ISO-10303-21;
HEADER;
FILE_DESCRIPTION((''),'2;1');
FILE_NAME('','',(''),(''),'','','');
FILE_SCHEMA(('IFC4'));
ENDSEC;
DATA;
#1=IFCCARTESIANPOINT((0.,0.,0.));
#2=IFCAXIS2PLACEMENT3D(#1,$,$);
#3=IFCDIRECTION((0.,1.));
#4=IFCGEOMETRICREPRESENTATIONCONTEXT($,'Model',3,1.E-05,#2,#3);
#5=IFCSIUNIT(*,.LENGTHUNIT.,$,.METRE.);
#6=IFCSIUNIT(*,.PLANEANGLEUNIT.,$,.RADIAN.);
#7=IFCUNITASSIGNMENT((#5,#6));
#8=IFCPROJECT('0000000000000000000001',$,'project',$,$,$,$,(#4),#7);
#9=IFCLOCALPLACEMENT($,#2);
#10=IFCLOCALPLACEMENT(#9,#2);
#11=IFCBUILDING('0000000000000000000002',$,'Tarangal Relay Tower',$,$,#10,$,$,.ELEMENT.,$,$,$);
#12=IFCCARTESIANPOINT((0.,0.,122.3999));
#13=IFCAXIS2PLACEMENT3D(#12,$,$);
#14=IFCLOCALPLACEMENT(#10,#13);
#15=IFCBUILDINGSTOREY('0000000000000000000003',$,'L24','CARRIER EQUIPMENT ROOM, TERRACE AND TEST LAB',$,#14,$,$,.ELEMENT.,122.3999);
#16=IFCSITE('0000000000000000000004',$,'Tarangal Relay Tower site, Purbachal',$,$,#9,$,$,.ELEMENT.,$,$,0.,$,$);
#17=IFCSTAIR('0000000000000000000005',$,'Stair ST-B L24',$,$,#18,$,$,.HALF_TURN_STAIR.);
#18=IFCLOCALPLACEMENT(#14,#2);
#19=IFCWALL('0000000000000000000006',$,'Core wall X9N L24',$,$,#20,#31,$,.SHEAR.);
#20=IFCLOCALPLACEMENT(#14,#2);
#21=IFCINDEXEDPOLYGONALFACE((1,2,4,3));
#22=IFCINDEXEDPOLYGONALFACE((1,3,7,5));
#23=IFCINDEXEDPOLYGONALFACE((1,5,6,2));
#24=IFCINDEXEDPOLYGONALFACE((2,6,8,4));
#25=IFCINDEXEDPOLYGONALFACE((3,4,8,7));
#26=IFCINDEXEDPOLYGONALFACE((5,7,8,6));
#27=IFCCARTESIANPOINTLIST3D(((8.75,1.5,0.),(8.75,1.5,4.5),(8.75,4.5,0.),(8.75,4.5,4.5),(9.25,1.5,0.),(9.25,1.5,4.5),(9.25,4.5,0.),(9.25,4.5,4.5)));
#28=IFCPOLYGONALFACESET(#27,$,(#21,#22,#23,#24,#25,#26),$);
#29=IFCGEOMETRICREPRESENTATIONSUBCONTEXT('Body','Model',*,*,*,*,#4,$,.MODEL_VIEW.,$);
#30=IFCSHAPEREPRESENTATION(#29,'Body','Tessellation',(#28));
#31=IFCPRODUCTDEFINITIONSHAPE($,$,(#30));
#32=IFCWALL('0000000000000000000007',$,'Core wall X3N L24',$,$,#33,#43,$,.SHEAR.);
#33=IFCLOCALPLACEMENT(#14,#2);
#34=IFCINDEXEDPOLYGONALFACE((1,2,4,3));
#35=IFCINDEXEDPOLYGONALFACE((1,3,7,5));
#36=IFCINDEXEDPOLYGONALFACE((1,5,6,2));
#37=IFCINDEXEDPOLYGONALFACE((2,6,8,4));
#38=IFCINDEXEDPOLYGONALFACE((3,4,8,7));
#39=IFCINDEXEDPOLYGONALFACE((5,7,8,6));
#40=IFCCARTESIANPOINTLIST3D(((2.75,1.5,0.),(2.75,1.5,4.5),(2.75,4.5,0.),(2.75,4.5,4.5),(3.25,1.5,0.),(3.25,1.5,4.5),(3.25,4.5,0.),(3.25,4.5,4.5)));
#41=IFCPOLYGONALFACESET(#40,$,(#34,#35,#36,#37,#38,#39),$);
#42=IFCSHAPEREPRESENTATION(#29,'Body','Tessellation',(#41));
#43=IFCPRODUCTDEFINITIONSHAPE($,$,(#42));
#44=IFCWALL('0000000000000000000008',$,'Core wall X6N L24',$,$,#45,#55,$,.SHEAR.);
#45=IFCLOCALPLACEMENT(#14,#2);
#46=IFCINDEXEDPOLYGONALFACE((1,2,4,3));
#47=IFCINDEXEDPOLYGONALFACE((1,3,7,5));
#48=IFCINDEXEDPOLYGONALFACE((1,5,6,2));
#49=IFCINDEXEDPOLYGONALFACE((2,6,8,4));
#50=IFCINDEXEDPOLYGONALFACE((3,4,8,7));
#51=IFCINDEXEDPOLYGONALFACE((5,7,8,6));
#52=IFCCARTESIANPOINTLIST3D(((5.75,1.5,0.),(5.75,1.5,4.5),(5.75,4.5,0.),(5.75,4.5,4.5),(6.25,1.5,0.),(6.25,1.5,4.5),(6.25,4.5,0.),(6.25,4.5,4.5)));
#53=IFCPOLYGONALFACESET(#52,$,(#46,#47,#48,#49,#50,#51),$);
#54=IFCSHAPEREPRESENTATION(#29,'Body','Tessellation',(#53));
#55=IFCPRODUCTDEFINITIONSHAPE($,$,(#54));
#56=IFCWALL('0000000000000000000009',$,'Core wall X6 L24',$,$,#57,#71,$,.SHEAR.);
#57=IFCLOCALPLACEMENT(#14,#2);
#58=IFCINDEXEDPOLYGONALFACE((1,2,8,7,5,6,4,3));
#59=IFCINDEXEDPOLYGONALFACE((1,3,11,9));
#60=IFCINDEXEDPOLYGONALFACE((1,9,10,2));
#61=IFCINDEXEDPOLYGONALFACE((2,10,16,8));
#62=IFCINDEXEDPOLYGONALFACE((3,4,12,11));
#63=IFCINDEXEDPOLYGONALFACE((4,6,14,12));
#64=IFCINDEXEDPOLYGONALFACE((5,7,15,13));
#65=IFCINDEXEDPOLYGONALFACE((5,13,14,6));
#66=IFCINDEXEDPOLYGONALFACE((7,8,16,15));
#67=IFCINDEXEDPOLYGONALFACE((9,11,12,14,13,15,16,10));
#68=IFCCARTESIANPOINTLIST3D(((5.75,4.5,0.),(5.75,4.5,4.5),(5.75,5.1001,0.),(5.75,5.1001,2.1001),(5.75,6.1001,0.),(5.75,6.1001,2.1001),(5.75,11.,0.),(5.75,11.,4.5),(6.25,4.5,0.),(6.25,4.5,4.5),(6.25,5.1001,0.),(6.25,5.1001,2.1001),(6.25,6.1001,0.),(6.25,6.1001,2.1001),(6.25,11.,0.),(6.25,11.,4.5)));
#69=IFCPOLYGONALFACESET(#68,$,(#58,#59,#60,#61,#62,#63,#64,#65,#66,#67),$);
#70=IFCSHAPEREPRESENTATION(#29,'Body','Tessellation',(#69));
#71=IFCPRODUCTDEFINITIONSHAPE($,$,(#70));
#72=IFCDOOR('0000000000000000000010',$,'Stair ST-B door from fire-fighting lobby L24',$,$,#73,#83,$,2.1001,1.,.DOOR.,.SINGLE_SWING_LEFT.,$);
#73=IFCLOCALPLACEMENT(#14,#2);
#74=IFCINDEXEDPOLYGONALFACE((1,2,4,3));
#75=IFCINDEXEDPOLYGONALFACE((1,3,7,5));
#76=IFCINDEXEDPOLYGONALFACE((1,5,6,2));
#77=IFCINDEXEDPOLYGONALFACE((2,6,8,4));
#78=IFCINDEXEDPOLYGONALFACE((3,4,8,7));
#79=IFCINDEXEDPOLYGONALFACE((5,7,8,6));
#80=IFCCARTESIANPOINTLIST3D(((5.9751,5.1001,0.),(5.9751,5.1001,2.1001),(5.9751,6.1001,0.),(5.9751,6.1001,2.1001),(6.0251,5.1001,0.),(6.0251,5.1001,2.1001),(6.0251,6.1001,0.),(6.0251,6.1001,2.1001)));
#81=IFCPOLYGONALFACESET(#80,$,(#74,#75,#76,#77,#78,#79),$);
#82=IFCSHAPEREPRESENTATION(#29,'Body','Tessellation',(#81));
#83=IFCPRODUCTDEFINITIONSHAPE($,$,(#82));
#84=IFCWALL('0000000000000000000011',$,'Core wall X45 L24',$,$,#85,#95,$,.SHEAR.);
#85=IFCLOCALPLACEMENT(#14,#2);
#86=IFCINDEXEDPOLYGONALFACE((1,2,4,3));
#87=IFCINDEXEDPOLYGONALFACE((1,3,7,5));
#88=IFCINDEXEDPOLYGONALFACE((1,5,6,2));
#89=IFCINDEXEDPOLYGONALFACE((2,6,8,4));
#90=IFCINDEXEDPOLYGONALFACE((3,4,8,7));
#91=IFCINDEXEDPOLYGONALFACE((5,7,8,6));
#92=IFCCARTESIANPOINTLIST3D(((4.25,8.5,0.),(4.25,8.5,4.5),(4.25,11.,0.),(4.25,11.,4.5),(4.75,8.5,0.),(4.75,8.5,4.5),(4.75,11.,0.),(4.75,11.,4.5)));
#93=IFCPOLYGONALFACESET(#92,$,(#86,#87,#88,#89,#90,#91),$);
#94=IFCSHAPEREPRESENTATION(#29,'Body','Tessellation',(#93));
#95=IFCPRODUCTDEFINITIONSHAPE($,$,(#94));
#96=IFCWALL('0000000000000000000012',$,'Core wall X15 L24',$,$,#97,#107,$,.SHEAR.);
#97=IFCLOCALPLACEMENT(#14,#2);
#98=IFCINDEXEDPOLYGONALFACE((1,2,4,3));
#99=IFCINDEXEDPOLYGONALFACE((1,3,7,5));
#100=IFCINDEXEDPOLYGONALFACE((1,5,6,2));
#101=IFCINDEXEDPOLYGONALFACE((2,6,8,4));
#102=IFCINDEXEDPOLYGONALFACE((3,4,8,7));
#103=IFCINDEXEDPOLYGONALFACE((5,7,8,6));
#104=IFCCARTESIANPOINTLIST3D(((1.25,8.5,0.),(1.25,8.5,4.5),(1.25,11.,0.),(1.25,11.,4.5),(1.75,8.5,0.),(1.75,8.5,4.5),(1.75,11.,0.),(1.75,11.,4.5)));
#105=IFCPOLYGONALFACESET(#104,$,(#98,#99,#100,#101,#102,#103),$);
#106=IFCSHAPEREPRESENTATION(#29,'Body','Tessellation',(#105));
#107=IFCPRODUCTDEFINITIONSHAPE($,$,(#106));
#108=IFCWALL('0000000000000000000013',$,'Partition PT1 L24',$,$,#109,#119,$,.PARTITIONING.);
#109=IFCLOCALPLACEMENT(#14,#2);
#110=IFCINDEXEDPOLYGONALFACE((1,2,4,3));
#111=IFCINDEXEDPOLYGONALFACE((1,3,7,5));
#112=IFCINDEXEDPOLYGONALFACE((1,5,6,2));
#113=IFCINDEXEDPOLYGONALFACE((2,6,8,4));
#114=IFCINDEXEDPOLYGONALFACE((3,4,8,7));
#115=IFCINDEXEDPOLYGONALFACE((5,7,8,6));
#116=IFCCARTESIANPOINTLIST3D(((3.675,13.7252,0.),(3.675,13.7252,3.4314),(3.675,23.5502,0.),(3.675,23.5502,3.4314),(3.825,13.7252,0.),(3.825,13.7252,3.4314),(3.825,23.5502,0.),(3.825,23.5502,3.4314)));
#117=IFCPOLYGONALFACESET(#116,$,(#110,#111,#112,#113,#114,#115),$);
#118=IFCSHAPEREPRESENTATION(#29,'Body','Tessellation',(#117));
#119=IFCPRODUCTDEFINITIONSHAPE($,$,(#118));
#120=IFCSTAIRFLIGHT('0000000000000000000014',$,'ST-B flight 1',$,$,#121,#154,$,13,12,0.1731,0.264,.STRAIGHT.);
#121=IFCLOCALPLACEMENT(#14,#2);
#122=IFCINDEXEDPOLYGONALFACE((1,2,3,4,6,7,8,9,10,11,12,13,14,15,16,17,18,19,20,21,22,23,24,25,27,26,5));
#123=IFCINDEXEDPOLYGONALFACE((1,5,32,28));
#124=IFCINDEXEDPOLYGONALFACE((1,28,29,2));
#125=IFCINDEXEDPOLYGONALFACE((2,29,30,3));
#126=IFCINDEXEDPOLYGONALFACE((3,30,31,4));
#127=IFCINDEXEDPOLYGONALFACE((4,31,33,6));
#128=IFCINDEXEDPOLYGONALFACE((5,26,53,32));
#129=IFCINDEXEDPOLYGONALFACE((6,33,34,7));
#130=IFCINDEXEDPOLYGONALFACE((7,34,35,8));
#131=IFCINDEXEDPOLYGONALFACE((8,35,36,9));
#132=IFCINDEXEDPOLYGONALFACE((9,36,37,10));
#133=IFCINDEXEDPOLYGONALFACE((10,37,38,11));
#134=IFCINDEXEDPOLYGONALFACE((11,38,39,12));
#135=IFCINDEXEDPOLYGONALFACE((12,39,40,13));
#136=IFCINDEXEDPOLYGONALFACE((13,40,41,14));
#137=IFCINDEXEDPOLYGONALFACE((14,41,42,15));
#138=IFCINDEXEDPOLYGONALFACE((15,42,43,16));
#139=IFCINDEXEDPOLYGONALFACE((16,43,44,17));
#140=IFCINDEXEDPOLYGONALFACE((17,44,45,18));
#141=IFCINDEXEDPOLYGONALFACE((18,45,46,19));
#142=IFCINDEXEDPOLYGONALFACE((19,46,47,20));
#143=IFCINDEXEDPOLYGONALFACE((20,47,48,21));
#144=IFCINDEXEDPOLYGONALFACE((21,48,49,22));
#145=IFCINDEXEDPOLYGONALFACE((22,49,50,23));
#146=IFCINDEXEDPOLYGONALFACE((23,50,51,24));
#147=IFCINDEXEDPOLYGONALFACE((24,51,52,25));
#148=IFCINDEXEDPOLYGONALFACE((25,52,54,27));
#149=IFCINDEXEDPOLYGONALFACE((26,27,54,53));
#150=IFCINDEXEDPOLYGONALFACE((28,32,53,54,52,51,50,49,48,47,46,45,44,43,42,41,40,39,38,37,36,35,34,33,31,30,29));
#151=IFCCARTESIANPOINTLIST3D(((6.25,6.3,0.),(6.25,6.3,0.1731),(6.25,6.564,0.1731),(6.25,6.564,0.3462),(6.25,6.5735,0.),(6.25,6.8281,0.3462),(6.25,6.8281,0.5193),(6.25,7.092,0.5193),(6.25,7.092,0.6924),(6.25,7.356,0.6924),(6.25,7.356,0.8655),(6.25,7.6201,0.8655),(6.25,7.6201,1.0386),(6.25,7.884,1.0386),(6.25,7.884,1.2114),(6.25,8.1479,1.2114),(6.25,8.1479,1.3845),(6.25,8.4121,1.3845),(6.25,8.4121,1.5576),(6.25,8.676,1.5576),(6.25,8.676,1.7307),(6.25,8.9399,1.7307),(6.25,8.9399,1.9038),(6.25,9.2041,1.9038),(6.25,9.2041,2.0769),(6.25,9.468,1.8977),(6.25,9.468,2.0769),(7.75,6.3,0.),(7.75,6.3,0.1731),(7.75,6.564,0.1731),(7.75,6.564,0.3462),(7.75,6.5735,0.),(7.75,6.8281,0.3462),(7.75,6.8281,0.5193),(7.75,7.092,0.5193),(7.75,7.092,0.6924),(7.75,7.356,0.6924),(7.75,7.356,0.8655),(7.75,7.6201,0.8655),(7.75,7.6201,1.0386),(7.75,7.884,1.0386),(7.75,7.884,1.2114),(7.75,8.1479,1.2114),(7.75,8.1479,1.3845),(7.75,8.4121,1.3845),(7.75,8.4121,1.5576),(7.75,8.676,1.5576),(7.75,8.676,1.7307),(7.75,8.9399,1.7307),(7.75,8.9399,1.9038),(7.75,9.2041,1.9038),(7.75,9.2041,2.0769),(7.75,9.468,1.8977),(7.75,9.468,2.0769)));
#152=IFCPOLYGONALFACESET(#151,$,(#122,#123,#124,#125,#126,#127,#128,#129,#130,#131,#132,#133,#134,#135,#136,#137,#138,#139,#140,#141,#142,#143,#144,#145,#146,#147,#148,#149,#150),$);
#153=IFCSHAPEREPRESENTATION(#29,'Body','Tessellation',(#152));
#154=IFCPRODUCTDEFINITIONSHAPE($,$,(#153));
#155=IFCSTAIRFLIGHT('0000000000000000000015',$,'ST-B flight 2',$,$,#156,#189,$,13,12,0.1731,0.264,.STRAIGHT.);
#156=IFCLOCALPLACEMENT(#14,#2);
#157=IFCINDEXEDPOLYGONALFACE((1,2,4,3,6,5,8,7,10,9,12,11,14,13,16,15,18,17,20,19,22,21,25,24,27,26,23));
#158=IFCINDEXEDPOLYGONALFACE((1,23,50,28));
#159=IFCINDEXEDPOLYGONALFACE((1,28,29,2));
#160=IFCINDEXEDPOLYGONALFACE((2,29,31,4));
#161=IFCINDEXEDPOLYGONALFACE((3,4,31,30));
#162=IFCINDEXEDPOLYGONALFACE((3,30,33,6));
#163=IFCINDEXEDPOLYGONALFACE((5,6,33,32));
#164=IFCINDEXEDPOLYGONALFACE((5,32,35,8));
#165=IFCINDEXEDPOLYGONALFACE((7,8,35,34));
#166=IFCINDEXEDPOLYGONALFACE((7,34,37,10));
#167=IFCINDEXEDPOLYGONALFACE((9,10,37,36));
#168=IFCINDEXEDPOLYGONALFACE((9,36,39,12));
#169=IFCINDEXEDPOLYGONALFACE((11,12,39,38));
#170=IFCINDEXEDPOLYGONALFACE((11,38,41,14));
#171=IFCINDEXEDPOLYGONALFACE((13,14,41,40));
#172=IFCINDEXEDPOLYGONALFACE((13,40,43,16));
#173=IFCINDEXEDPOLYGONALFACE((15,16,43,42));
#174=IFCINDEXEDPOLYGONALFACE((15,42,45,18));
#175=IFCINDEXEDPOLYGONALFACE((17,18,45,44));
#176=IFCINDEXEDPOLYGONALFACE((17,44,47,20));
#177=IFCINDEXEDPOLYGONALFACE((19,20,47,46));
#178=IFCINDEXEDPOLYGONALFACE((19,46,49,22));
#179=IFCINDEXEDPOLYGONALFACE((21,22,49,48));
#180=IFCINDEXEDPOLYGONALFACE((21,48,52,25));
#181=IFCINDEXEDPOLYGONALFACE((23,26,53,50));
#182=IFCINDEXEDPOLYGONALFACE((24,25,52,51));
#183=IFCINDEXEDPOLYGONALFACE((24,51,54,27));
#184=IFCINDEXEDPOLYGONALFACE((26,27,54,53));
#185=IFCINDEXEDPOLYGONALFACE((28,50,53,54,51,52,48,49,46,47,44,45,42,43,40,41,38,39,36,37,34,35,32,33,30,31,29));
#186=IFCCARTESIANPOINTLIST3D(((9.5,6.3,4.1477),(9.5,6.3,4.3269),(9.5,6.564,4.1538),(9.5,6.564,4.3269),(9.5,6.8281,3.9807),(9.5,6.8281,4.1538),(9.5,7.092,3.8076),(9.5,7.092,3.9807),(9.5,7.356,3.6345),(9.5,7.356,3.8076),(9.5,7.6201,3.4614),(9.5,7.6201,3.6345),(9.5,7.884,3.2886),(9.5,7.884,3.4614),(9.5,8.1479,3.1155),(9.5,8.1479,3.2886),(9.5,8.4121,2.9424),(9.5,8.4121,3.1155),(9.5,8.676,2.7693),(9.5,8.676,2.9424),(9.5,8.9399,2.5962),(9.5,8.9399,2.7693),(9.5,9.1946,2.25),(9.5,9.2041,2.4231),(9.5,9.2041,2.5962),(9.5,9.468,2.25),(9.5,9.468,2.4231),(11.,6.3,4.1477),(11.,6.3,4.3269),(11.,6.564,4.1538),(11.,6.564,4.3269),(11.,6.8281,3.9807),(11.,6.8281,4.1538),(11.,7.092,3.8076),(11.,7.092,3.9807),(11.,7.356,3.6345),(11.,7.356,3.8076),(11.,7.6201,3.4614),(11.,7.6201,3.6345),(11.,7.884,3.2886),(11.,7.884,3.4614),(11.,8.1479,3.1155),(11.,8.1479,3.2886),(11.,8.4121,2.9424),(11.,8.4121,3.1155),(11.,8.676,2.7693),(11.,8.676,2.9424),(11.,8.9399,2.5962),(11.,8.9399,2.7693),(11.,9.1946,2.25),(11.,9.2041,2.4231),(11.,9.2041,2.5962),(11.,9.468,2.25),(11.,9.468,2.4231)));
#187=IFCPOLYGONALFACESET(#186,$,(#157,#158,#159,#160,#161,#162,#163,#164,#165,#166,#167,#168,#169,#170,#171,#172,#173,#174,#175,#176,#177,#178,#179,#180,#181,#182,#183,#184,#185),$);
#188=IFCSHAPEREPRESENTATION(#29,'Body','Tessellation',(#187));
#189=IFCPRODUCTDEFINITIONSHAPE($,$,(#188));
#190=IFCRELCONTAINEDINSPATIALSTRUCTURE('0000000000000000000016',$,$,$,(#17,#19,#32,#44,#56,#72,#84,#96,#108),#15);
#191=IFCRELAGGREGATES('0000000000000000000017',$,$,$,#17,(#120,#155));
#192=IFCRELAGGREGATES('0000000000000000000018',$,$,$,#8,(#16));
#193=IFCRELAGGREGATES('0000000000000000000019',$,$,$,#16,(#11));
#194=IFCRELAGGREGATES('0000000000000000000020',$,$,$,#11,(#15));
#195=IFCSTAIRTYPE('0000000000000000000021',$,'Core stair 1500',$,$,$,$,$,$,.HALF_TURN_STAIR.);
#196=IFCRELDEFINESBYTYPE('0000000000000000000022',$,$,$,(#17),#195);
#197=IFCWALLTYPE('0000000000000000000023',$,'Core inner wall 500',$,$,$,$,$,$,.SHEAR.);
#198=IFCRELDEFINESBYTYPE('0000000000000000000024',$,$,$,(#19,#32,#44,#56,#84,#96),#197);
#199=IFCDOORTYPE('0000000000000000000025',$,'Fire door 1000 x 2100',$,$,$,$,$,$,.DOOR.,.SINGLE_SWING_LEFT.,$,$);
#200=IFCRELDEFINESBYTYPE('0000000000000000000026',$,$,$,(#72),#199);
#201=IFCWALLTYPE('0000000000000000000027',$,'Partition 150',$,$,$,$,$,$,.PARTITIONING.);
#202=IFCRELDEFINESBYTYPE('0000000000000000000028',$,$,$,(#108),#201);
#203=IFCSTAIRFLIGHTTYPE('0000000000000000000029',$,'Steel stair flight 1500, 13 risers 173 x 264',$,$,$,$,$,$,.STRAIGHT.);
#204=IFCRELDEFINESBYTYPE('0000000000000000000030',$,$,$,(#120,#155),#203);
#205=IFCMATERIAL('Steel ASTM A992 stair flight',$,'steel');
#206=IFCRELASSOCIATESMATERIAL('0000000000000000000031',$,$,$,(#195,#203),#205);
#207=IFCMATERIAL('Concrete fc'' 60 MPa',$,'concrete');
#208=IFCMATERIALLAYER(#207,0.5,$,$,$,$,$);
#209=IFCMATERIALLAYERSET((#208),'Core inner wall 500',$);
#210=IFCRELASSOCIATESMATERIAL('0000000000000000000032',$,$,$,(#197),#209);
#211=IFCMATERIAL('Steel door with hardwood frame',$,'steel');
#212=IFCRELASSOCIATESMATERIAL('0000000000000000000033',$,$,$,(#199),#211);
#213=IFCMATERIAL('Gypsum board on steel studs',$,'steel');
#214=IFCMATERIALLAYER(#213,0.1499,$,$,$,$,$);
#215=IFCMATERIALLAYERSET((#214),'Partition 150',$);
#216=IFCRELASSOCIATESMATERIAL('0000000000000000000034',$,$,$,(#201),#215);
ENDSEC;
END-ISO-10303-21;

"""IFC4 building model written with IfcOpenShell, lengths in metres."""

from ifc_helpers import new_model, si_unit, direction, frame, frame_2d, origin, place, context, subcontext, project, spatial, polyline, rectangle, outline, extrude, material, layer, layer_set, type_object, element, fill, aggregate, save


model = new_model("IFC4")

# Units and contexts
model_context = context("Model", 3, precision=1e-05, world=origin(), true_north=direction((0.0, 1.0)))
body_context = subcontext(model_context, "Body", "Model", "MODEL_VIEW")
ifc_project = project(units=[si_unit("LENGTHUNIT", "METRE"), si_unit("PLANEANGLEUNIT", "RADIAN")], contexts=[model_context])

# Site, building, storey
site_placement = place(None, origin())
site = spatial("IfcSite", under=ifc_project, at=site_placement, Name="Tarangal Relay Tower site, Purbachal", CompositionType="ELEMENT", RefElevation=0.0)
building_placement = place(site_placement, origin())
building = spatial("IfcBuilding", under=site, at=building_placement, Name="Tarangal Relay Tower", CompositionType="ELEMENT")
storey_placement = place(building_placement, frame((0.0, 0.0, 122.3999)))
storey = spatial("IfcBuildingStorey", under=building, at=storey_placement, Name="L24", Description="CARRIER EQUIPMENT ROOM, TERRACE AND TEST LAB", CompositionType="ELEMENT", Elevation=122.3999)

# Stair
ifc_material_1 = material(Name="Steel ASTM A992 stair flight", Category="steel")
stair_type = type_object("IfcStairType", Name="Core stair 1500", PredefinedType="HALF_TURN_STAIR", material=ifc_material_1)
stair_1_placement = place(storey_placement, origin())
stair_1 = element("IfcStair", 1, at=stair_1_placement, inside=storey, type_object=stair_type, Name="Stair ST-B L24", PredefinedType="HALF_TURN_STAIR")

# Walls
ifc_material_2 = material(Name="Concrete fc' 60 MPa", Category="concrete")
ifc_layer_1 = layer(ifc_material_2, 0.5)
ifc_layer_set_1 = layer_set([ifc_layer_1], Name="Core inner wall 500")
wall_type_1 = type_object("IfcWallType", Name="Core inner wall 500", PredefinedType="SHEAR", material=ifc_layer_set_1)
for number, where, z_axis, x_axis, name in (
    (2, (9.0, 1.5, 0.0), (0.0, 0.0, 1.0), (0.0, 1.0, 0.0), "Core wall X9N L24"),
    (3, (3.0, 1.5, 0.0), (0.0, 0.0, 1.0), (0.0, 1.0, 0.0), "Core wall X3N L24"),
    (4, (6.0, 1.5, 0.0), (0.0, 0.0, 1.0), (0.0, 1.0, 0.0), "Core wall X6N L24"),
):
    element("IfcWall", number, at=place(storey_placement, frame(where, z_axis=z_axis, x_axis=x_axis)), inside=storey, type_object=wall_type_1, Name=name, PredefinedType="SHEAR", context=body_context, shape_type="SweptSolid", body=[
        extrude(rectangle(XDim=3.0, YDim=0.5, at=frame_2d((1.5, 0.0))), origin(), (0.0, 0.0, 1.0), 4.5),
    ])

# Wall, opening, door
wall_1_placement = place(storey_placement, frame((6.0, 4.5, 0.0), z_axis=(0.0, 0.0, 1.0), x_axis=(0.0, 1.0, 0.0)))
wall_1 = element("IfcWall", 5, at=wall_1_placement, inside=storey, type_object=wall_type_1, Name="Core wall X6 L24", PredefinedType="SHEAR", context=body_context, shape_type="SweptSolid", body=[
    extrude(rectangle(XDim=6.5, YDim=0.5, at=frame_2d((3.25, 0.0))), origin(), (0.0, 0.0, 1.0), 4.5),
])
opening_placement = place(wall_1_placement, frame((0.6001, 0.0, 0.0)))
opening = element("IfcOpeningElement", 6, at=opening_placement, cuts=wall_1, PredefinedType="OPENING", context=body_context, shape_type="SweptSolid", body=[
    extrude(rectangle(XDim=1.0, YDim=2.1001, at=frame_2d((0.5, 1.05))), frame((0.0, 0.26, 0.0), z_axis=(0.0, -1.0, 0.0), x_axis=(1.0, 0.0, 0.0)), (0.0, 0.0, 1.0), 0.52),
])
ifc_material_3 = material(Name="Steel door with hardwood frame", Category="steel")
door_type = type_object("IfcDoorType", Name="Fire door 1000 x 2100", OperationType="SINGLE_SWING_LEFT", PredefinedType="DOOR", material=ifc_material_3)
door_placement = place(opening_placement, origin())
door = element("IfcDoor", 7, at=door_placement, inside=storey, type_object=door_type, Name="Stair ST-B door from fire-fighting lobby L24", OperationType="SINGLE_SWING_LEFT", OverallHeight=2.1001, OverallWidth=1.0, PredefinedType="DOOR", context=body_context, shape_type="SweptSolid", body=[
    extrude(rectangle(XDim=1.0, YDim=2.1001, at=frame_2d((0.5, 1.05))), frame((0.0, 0.0249, 0.0), z_axis=(0.0, -1.0, 0.0), x_axis=(1.0, 0.0, 0.0)), (0.0, 0.0, 1.0), 0.05),
])
fill(opening, door)

# Walls
for number, where, z_axis, x_axis, name in (
    (8, (4.5, 8.5, 0.0), (0.0, 0.0, 1.0), (0.0, 1.0, 0.0), "Core wall X45 L24"),
    (9, (1.5, 8.5, 0.0), (0.0, 0.0, 1.0), (0.0, 1.0, 0.0), "Core wall X15 L24"),
):
    element("IfcWall", number, at=place(storey_placement, frame(where, z_axis=z_axis, x_axis=x_axis)), inside=storey, type_object=wall_type_1, Name=name, PredefinedType="SHEAR", context=body_context, shape_type="SweptSolid", body=[
        extrude(rectangle(XDim=2.5, YDim=0.5, at=frame_2d((1.25, 0.0))), origin(), (0.0, 0.0, 1.0), 4.5),
    ])
ifc_material_4 = material(Name="Gypsum board on steel studs", Category="steel")
ifc_layer_2 = layer(ifc_material_4, 0.1499)
ifc_layer_set_2 = layer_set([ifc_layer_2], Name="Partition 150")
wall_type_2 = type_object("IfcWallType", Name="Partition 150", PredefinedType="PARTITIONING", material=ifc_layer_set_2)
wall_2_placement = place(storey_placement, frame((3.75, 13.7251, 0.0), z_axis=(0.0, 0.0, 1.0), x_axis=(0.0, 1.0, 0.0)))
element("IfcWall", 10, at=wall_2_placement, inside=storey, type_object=wall_type_2, Name="Partition PT1 L24", PredefinedType="PARTITIONING", context=body_context, shape_type="SweptSolid", body=[
    extrude(rectangle(XDim=9.825, YDim=0.1499, at=frame_2d((4.9126, 0.0))), origin(), (0.0, 0.0, 1.0), 3.4314),
])

# Stair flights
stair_flight_type = type_object("IfcStairFlightType", Name="Steel stair flight 1500, 13 risers 173 x 264", PredefinedType="STRAIGHT", material=ifc_material_1)
stair_flight_1_placement = place(storey_placement, frame((7.0, 6.3, 0.0), z_axis=(0.0, 0.0, 1.0), x_axis=(0.0, 1.0, 0.0)))
stair_flight_1 = element("IfcStairFlight", 11, at=stair_flight_1_placement, type_object=stair_flight_type, Name="ST-B flight 1", NumberOfRisers=13, NumberOfTreads=12, PredefinedType="STRAIGHT", RiserHeight=0.1731, TreadLength=0.264, context=body_context, shape_type="SweptSolid", body=[
    extrude(outline(polyline([(0.0, 0.0), (0.0, 0.1731), (0.2639, 0.1731), (0.2639, 0.3462), (0.5281, 0.3462), (0.5281, 0.5193), (0.792, 0.5193), (0.792, 0.6924), (1.0559, 0.6924), (1.0559, 0.8655), (1.3201, 0.8655), (1.3201, 1.0386), (1.584, 1.0386), (1.584, 1.2114), (1.8479, 1.2114), (1.8479, 1.3845), (2.1121, 1.3845), (2.1121, 1.5576), (2.376, 1.5576), (2.376, 1.7307), (2.6399, 1.7307), (2.6399, 1.9038), (2.9041, 1.9038), (2.9041, 2.0769), (3.168, 2.0769), (3.168, 2.25), (3.168, 1.8977), (0.2734, 0.0), (0.0, 0.0)])), frame((0.0, 0.75, 0.0), z_axis=(0.0, -1.0, 0.0), x_axis=(1.0, 0.0, 0.0)), (0.0, 0.0, 1.0), 1.5),
])
stair_flight_2_placement = place(storey_placement, frame((10.25, 9.468, 2.25), z_axis=(0.0, 0.0, 1.0), x_axis=(0.0, -1.0, 0.0)))
stair_flight_2 = element("IfcStairFlight", 12, at=stair_flight_2_placement, type_object=stair_flight_type, Name="ST-B flight 2", NumberOfRisers=13, NumberOfTreads=12, PredefinedType="STRAIGHT", RiserHeight=0.1731, TreadLength=0.264, context=body_context, shape_type="SweptSolid", body=[
    extrude(outline(polyline([(0.0, 0.0), (0.0, 0.1731), (0.2639, 0.1731), (0.2639, 0.3462), (0.5281, 0.3462), (0.5281, 0.5193), (0.792, 0.5193), (0.792, 0.6924), (1.0559, 0.6924), (1.0559, 0.8655), (1.3201, 0.8655), (1.3201, 1.0386), (1.584, 1.0386), (1.584, 1.2114), (1.8479, 1.2114), (1.8479, 1.3845), (2.1121, 1.3845), (2.1121, 1.5576), (2.376, 1.5576), (2.376, 1.7307), (2.6399, 1.7307), (2.6399, 1.9038), (2.9041, 1.9038), (2.9041, 2.0769), (3.168, 2.0769), (3.168, 2.25), (3.168, 1.8977), (0.2734, 0.0), (0.0, 0.0)])), frame((0.0, 0.75, 0.0), z_axis=(0.0, -1.0, 0.0), x_axis=(1.0, 0.0, 0.0)), (0.0, 0.0, 1.0), 1.5),
])
aggregate(stair_1, [stair_flight_1, stair_flight_2])

save(model, "model.ifc")
